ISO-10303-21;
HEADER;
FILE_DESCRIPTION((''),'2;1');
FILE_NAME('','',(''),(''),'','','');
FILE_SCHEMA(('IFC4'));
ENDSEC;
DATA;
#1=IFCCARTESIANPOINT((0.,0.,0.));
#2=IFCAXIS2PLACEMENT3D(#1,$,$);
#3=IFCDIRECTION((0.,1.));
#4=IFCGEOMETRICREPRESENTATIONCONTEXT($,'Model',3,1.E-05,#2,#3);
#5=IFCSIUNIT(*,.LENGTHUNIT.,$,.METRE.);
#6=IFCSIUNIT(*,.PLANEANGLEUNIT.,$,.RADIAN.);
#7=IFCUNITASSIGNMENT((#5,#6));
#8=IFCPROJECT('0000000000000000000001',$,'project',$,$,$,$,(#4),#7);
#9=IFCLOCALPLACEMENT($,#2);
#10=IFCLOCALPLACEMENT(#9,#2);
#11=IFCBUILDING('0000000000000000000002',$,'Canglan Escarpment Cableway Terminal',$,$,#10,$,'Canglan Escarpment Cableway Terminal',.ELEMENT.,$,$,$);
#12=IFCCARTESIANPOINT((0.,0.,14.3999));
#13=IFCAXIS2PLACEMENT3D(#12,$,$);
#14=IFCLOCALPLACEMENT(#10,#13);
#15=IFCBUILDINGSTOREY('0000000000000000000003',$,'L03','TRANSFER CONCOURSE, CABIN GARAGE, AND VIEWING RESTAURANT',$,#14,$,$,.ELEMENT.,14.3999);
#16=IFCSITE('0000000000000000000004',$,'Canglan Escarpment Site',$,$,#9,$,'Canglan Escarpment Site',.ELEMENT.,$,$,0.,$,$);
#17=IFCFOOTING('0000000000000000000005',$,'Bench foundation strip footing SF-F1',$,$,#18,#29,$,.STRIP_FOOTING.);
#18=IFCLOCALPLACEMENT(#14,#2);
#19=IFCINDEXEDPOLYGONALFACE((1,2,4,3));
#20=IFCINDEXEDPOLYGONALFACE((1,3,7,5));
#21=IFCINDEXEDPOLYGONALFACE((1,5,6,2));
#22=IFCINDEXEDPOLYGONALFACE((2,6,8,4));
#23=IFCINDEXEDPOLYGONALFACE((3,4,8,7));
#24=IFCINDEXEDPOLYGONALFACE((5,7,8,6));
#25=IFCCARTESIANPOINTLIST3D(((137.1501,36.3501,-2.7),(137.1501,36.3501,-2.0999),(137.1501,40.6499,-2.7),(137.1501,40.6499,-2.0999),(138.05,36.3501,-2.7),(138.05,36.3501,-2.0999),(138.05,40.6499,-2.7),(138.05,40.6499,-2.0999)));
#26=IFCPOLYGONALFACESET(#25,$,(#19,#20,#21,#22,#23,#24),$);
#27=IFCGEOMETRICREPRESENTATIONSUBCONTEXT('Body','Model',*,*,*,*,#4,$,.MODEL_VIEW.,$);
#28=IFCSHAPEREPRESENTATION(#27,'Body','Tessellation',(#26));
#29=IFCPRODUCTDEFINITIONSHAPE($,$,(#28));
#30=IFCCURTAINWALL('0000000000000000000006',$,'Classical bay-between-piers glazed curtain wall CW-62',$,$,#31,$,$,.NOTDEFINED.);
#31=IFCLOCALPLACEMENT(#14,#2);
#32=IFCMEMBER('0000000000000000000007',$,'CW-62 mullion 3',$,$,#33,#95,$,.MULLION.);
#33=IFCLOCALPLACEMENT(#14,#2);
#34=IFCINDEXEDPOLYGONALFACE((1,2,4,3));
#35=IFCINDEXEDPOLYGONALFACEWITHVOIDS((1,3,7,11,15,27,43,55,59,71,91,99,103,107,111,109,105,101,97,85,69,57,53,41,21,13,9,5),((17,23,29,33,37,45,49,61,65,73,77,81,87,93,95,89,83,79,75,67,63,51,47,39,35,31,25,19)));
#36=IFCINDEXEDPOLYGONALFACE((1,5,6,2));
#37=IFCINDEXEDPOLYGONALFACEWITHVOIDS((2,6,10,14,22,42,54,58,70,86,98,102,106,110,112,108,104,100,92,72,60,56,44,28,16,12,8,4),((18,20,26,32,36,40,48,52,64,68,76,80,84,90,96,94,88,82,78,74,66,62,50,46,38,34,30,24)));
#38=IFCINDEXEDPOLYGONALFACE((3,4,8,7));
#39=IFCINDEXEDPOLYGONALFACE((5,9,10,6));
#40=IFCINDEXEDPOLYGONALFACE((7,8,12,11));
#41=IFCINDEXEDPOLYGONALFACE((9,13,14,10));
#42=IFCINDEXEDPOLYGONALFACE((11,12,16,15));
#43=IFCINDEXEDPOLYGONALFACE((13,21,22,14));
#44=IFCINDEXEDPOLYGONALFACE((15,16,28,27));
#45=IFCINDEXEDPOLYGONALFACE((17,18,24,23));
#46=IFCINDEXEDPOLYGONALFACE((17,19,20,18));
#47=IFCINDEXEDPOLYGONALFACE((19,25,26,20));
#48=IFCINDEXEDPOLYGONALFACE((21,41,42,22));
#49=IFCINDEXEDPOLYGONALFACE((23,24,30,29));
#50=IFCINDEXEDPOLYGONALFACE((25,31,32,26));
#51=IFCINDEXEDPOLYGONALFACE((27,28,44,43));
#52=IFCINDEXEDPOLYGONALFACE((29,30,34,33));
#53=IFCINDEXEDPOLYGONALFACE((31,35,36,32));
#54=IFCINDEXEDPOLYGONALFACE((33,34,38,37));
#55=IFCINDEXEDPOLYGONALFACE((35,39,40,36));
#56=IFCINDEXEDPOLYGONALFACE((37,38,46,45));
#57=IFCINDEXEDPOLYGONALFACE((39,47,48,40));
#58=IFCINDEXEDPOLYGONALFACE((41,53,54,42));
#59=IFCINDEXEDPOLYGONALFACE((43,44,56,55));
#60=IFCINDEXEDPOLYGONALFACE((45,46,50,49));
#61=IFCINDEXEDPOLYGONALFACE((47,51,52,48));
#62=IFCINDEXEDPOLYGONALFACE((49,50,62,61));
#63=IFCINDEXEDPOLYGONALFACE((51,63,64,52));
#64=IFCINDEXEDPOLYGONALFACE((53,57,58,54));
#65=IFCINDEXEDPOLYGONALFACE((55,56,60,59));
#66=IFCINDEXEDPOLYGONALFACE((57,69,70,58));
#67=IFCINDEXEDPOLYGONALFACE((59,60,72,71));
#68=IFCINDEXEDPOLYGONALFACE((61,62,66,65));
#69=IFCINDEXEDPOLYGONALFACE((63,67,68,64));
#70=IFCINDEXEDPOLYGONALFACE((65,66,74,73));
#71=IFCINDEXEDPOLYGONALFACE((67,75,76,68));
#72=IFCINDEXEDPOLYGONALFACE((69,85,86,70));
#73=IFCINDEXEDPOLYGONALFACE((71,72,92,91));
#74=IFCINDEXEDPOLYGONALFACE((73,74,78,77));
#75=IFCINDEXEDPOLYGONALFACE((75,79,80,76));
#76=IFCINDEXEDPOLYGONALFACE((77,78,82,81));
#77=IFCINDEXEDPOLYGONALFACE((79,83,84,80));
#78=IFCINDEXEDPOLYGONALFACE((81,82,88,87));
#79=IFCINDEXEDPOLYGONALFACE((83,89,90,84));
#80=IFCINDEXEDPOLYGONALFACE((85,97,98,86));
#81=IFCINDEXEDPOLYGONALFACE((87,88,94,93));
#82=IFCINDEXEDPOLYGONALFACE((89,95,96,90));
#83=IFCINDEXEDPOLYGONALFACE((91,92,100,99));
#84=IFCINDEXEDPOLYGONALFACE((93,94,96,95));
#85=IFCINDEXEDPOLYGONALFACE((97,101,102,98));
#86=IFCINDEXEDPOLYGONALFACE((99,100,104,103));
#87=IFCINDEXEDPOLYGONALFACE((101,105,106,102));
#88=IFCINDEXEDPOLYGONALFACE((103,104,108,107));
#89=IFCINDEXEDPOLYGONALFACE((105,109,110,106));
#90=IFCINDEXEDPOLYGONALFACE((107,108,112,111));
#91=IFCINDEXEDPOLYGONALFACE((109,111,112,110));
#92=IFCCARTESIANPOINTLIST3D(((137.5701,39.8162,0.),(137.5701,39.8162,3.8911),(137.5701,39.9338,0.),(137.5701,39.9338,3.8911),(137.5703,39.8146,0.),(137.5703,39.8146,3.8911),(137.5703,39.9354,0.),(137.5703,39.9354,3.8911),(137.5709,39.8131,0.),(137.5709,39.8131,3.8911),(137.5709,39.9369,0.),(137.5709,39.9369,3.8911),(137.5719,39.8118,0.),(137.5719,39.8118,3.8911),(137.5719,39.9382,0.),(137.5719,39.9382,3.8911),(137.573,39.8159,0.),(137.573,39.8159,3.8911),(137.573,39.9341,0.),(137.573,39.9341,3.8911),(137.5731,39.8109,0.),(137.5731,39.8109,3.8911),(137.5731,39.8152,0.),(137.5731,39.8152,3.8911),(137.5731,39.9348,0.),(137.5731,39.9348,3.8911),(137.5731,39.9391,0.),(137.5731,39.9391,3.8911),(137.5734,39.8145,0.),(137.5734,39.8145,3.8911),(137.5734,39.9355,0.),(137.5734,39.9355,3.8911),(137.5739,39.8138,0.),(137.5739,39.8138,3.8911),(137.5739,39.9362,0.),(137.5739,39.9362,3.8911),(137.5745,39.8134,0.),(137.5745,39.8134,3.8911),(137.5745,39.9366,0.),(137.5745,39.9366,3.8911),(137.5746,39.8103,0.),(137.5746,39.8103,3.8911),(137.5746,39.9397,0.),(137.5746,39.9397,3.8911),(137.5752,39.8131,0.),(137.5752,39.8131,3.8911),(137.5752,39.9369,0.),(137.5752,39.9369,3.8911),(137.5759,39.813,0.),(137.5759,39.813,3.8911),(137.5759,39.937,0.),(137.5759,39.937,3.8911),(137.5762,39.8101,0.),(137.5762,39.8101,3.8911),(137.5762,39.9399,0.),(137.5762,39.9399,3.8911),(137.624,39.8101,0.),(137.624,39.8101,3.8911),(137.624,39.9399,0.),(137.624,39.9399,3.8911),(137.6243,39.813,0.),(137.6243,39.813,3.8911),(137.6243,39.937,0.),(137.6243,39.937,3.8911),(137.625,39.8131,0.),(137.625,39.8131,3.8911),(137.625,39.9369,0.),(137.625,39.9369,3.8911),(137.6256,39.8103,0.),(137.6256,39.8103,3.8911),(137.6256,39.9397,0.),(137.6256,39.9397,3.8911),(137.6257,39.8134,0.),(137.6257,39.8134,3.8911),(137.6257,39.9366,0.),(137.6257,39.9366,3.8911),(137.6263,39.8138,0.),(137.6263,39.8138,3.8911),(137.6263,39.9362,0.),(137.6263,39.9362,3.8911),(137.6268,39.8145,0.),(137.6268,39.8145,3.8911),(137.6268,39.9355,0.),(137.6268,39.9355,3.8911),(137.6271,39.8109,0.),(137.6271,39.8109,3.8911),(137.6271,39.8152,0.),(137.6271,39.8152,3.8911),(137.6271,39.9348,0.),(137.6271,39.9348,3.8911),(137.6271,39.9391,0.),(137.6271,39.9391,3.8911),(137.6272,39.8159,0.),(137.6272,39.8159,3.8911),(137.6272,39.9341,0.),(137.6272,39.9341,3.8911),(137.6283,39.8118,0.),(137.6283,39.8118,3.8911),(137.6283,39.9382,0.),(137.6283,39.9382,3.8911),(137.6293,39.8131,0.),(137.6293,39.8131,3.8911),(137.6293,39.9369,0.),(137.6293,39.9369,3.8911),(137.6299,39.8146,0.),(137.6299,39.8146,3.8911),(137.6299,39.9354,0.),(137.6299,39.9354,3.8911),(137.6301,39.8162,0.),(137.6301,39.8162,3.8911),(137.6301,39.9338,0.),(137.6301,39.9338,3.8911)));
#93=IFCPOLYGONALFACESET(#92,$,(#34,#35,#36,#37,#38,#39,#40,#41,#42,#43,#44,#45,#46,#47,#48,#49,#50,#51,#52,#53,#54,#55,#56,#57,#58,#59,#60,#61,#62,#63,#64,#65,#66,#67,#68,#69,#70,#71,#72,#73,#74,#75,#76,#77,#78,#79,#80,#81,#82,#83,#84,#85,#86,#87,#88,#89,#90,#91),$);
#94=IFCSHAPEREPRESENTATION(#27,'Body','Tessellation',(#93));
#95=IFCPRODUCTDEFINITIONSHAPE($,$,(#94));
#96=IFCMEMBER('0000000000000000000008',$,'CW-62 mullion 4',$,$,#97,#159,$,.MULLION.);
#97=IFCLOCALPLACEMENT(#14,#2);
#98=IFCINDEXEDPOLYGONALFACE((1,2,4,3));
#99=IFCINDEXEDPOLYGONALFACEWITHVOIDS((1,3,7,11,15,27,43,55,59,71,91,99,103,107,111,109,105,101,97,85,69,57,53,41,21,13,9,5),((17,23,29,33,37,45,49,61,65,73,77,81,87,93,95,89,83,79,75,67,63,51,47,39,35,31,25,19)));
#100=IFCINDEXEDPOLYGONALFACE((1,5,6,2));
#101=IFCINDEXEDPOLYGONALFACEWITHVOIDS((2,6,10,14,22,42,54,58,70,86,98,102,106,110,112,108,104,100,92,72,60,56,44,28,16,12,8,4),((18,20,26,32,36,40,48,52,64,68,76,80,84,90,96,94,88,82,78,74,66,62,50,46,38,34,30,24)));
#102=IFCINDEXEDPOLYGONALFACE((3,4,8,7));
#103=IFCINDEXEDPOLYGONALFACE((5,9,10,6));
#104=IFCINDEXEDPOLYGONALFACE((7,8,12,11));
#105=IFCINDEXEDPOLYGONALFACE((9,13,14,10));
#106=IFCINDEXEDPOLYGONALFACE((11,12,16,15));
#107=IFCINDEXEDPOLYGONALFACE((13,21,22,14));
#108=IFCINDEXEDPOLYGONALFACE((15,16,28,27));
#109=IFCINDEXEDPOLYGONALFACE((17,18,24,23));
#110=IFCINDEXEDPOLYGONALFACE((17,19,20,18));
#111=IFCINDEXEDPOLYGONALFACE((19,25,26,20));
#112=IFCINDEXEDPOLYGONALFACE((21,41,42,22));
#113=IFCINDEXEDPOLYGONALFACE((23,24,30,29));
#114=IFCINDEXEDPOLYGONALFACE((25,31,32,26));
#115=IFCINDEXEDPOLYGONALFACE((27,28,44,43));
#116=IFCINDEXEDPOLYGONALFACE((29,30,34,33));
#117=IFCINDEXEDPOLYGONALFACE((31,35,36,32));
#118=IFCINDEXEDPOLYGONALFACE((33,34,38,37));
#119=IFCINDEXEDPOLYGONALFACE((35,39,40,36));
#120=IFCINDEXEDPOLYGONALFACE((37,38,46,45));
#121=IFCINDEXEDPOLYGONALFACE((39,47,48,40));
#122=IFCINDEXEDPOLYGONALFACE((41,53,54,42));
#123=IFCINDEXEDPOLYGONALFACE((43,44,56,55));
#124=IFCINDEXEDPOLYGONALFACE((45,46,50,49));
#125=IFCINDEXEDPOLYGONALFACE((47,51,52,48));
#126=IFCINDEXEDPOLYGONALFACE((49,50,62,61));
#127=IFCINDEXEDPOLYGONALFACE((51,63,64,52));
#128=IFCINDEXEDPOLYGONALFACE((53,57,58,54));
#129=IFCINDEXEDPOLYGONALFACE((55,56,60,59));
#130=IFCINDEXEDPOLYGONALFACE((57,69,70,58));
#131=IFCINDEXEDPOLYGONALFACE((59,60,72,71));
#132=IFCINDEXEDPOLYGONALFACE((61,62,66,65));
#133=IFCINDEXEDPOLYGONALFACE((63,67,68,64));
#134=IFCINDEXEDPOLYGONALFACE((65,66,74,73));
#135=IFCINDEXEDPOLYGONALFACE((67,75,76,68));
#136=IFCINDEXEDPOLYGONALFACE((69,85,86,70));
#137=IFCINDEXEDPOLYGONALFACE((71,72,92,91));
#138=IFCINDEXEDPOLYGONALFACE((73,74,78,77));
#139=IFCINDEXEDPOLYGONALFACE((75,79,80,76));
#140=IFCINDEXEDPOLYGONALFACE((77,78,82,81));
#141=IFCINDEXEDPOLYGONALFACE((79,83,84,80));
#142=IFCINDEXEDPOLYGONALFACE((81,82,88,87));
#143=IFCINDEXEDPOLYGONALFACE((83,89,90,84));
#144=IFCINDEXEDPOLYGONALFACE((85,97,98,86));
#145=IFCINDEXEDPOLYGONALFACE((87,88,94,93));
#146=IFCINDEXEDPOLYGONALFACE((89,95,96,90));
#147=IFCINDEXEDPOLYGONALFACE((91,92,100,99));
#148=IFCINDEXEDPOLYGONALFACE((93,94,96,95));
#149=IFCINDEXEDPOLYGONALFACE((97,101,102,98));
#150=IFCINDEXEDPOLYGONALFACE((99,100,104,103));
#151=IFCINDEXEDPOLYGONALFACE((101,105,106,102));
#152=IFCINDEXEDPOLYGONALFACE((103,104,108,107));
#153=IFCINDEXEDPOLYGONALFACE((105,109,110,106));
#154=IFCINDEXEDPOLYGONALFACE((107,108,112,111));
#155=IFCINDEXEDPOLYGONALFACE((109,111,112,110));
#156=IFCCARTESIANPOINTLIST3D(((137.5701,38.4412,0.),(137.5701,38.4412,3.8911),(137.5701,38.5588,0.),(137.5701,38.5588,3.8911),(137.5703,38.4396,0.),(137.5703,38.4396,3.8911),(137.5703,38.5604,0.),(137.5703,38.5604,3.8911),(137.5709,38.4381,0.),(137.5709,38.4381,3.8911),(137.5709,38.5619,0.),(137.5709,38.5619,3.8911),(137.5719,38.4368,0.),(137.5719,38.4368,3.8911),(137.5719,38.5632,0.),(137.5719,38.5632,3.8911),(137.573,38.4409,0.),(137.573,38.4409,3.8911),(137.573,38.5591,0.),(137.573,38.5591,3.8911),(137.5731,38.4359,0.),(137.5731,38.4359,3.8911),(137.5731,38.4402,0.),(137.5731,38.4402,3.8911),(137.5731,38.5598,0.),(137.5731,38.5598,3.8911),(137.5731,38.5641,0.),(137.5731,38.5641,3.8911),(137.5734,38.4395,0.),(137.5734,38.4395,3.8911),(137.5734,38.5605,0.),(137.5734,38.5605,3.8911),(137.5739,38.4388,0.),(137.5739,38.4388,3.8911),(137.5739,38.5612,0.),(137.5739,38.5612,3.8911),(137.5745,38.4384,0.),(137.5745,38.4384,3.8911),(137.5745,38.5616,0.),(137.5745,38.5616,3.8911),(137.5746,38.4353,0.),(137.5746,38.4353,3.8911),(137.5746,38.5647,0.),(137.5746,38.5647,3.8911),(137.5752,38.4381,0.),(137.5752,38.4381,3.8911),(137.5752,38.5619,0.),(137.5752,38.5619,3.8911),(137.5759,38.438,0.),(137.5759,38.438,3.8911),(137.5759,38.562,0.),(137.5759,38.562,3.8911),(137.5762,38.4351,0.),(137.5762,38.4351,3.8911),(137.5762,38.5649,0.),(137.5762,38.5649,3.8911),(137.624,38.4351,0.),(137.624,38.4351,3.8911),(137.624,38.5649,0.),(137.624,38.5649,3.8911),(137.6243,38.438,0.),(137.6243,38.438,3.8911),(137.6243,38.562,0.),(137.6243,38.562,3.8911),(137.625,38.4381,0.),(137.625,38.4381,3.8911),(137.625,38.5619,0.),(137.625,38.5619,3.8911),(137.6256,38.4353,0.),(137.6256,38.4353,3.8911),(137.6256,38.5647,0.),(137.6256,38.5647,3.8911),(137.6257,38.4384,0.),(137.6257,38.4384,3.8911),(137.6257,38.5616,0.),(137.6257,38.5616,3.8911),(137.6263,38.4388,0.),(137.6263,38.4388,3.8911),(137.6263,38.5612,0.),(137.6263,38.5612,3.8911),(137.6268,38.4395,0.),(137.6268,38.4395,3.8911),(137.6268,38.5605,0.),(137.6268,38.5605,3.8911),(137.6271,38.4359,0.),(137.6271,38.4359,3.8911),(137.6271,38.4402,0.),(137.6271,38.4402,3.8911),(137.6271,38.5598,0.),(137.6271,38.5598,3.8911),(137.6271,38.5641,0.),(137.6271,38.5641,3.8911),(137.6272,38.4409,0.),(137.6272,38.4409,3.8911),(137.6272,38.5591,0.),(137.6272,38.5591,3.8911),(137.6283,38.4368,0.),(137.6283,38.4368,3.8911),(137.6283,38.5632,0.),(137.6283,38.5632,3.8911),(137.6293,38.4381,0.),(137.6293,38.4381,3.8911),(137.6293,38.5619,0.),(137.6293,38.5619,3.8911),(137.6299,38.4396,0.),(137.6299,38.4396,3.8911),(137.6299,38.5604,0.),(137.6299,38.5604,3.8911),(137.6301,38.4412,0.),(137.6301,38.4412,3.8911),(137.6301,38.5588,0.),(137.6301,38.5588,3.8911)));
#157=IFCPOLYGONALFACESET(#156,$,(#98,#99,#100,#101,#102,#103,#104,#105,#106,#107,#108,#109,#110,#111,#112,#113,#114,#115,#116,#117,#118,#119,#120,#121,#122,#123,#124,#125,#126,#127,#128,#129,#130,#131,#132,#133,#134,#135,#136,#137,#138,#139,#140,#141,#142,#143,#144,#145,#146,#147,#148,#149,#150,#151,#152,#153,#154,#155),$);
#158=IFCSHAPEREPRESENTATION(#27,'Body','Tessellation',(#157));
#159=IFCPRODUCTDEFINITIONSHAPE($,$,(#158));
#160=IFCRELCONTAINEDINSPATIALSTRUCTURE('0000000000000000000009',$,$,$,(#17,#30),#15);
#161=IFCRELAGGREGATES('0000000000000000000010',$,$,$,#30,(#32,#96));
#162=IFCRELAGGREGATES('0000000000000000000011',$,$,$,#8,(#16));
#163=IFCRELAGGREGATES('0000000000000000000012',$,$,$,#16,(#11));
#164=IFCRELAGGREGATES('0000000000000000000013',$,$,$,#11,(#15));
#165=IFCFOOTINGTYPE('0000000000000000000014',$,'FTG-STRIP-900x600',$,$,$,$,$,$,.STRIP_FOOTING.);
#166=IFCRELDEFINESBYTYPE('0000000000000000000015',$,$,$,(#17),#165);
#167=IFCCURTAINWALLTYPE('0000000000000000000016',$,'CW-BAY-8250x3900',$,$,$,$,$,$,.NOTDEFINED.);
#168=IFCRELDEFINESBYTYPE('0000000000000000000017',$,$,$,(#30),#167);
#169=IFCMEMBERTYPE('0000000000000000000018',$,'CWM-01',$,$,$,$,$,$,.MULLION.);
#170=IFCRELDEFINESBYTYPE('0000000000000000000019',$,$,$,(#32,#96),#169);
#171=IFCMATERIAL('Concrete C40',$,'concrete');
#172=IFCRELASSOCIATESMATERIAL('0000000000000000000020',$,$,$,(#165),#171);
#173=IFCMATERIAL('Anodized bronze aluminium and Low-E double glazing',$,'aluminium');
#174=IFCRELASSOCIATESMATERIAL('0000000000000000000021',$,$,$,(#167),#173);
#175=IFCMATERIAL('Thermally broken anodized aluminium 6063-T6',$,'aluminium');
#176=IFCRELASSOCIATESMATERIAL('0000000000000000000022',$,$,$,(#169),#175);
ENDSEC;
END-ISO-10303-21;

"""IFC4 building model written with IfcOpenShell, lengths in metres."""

from ifc_helpers import new_model, si_unit, direction, frame, origin, origin_2d, place, context, subcontext, project, spatial, rectangle, hollow_rectangle, extrude, material, material_profile, profile_set, type_object, element, aggregate, save


model = new_model("IFC4")

# Units and contexts
model_context = context("Model", 3, precision=1e-05, world=origin(), true_north=direction((0.0, 1.0)))
body_context = subcontext(model_context, "Body", "Model", "MODEL_VIEW")
ifc_project = project(units=[si_unit("LENGTHUNIT", "METRE"), si_unit("PLANEANGLEUNIT", "RADIAN")], contexts=[model_context])

# Site, building, storey
site_placement = place(None, origin())
site = spatial("IfcSite", under=ifc_project, at=site_placement, Name="Canglan Escarpment Site", LongName="Canglan Escarpment Site", CompositionType="ELEMENT", RefElevation=0.0)
building_placement = place(site_placement, origin())
building = spatial("IfcBuilding", under=site, at=building_placement, Name="Canglan Escarpment Cableway Terminal", LongName="Canglan Escarpment Cableway Terminal", CompositionType="ELEMENT")
storey_placement = place(building_placement, frame((0.0, 0.0, 14.3999)))
storey = spatial("IfcBuildingStorey", under=building, at=storey_placement, Name="L03", Description="TRANSFER CONCOURSE, CABIN GARAGE, AND VIEWING RESTAURANT", CompositionType="ELEMENT", Elevation=14.3999)

# Footing
ifc_material_1 = material(Name="Concrete C40", Category="concrete")
ifc_material_profile_1 = material_profile(ifc_material_1, rectangle(XDim=0.8999, YDim=0.6001, at=origin_2d()), Name="SF 900x600")
ifc_profile_set_1 = profile_set([ifc_material_profile_1], Name="Concrete C40")
footing_type = type_object("IfcFootingType", Name="FTG-STRIP-900x600", PredefinedType="STRIP_FOOTING", material=ifc_profile_set_1)
footing_placement = place(storey_placement, frame((137.6001, 36.3501, -2.3999), z_axis=(0.0, 1.0, 0.0), x_axis=(-1.0, 0.0, 0.0)))
element("IfcFooting", 1, at=footing_placement, inside=storey, type_object=footing_type, Name="Bench foundation strip footing SF-F1", PredefinedType="STRIP_FOOTING", context=body_context, shape_type="SweptSolid", body=[
    extrude(rectangle(XDim=0.8999, YDim=0.6001, at=origin_2d()), origin(), (0.0, 0.0, 1.0), 4.2998),
])

# Curtain wall, members
ifc_material_2 = material(Name="Anodized bronze aluminium and Low-E double glazing", Category="aluminium")
curtain_wall_type = type_object("IfcCurtainWallType", Name="CW-BAY-8250x3900", PredefinedType="NOTDEFINED", material=ifc_material_2)
curtain_wall_placement = place(storey_placement, origin())
curtain_wall = element("IfcCurtainWall", 2, at=curtain_wall_placement, inside=storey, type_object=curtain_wall_type, Name="Classical bay-between-piers glazed curtain wall CW-62", PredefinedType="NOTDEFINED")
ifc_material_3 = material(Name="Thermally broken anodized aluminium 6063-T6", Category="aluminium")
ifc_material_profile_2 = material_profile(ifc_material_3, hollow_rectangle(XDim=0.0601, YDim=0.1299, WallThickness=0.0029, InnerFilletRadius=0.0029, OuterFilletRadius=0.0061, at=origin_2d()), Name="ALU-MULL 60x130x3")
ifc_profile_set_2 = profile_set([ifc_material_profile_2], Name="Thermally broken anodized aluminium 6063-T6")
member_type_1 = type_object("IfcMemberType", Name="CWM-01", PredefinedType="MULLION", material=ifc_profile_set_2)
member_1_placement = place(storey_placement, frame((137.6001, 39.875, 0.0), z_axis=(0.0, 0.0, 1.0), x_axis=(1.0, 0.0, 0.0)))
member_1 = element("IfcMember", 3, at=member_1_placement, type_object=member_type_1, Name="CW-62 mullion 3", PredefinedType="MULLION", context=body_context, shape_type="SweptSolid", body=[
    extrude(hollow_rectangle(XDim=0.0601, YDim=0.1299, WallThickness=0.0029, InnerFilletRadius=0.0029, OuterFilletRadius=0.0061, at=origin_2d()), origin(), (0.0, 0.0, 1.0), 3.8911),
])
member_2_placement = place(storey_placement, frame((137.6001, 38.5, 0.0), z_axis=(0.0, 0.0, 1.0), x_axis=(1.0, 0.0, 0.0)))
member_2 = element("IfcMember", 4, at=member_2_placement, type_object=member_type_1, Name="CW-62 mullion 4", PredefinedType="MULLION", context=body_context, shape_type="SweptSolid", body=[
    extrude(hollow_rectangle(XDim=0.0601, YDim=0.1299, WallThickness=0.0029, InnerFilletRadius=0.0029, OuterFilletRadius=0.0061, at=origin_2d()), origin(), (0.0, 0.0, 1.0), 3.8911),
])
aggregate(curtain_wall, [member_1, member_2])

save(model, "model.ifc")
